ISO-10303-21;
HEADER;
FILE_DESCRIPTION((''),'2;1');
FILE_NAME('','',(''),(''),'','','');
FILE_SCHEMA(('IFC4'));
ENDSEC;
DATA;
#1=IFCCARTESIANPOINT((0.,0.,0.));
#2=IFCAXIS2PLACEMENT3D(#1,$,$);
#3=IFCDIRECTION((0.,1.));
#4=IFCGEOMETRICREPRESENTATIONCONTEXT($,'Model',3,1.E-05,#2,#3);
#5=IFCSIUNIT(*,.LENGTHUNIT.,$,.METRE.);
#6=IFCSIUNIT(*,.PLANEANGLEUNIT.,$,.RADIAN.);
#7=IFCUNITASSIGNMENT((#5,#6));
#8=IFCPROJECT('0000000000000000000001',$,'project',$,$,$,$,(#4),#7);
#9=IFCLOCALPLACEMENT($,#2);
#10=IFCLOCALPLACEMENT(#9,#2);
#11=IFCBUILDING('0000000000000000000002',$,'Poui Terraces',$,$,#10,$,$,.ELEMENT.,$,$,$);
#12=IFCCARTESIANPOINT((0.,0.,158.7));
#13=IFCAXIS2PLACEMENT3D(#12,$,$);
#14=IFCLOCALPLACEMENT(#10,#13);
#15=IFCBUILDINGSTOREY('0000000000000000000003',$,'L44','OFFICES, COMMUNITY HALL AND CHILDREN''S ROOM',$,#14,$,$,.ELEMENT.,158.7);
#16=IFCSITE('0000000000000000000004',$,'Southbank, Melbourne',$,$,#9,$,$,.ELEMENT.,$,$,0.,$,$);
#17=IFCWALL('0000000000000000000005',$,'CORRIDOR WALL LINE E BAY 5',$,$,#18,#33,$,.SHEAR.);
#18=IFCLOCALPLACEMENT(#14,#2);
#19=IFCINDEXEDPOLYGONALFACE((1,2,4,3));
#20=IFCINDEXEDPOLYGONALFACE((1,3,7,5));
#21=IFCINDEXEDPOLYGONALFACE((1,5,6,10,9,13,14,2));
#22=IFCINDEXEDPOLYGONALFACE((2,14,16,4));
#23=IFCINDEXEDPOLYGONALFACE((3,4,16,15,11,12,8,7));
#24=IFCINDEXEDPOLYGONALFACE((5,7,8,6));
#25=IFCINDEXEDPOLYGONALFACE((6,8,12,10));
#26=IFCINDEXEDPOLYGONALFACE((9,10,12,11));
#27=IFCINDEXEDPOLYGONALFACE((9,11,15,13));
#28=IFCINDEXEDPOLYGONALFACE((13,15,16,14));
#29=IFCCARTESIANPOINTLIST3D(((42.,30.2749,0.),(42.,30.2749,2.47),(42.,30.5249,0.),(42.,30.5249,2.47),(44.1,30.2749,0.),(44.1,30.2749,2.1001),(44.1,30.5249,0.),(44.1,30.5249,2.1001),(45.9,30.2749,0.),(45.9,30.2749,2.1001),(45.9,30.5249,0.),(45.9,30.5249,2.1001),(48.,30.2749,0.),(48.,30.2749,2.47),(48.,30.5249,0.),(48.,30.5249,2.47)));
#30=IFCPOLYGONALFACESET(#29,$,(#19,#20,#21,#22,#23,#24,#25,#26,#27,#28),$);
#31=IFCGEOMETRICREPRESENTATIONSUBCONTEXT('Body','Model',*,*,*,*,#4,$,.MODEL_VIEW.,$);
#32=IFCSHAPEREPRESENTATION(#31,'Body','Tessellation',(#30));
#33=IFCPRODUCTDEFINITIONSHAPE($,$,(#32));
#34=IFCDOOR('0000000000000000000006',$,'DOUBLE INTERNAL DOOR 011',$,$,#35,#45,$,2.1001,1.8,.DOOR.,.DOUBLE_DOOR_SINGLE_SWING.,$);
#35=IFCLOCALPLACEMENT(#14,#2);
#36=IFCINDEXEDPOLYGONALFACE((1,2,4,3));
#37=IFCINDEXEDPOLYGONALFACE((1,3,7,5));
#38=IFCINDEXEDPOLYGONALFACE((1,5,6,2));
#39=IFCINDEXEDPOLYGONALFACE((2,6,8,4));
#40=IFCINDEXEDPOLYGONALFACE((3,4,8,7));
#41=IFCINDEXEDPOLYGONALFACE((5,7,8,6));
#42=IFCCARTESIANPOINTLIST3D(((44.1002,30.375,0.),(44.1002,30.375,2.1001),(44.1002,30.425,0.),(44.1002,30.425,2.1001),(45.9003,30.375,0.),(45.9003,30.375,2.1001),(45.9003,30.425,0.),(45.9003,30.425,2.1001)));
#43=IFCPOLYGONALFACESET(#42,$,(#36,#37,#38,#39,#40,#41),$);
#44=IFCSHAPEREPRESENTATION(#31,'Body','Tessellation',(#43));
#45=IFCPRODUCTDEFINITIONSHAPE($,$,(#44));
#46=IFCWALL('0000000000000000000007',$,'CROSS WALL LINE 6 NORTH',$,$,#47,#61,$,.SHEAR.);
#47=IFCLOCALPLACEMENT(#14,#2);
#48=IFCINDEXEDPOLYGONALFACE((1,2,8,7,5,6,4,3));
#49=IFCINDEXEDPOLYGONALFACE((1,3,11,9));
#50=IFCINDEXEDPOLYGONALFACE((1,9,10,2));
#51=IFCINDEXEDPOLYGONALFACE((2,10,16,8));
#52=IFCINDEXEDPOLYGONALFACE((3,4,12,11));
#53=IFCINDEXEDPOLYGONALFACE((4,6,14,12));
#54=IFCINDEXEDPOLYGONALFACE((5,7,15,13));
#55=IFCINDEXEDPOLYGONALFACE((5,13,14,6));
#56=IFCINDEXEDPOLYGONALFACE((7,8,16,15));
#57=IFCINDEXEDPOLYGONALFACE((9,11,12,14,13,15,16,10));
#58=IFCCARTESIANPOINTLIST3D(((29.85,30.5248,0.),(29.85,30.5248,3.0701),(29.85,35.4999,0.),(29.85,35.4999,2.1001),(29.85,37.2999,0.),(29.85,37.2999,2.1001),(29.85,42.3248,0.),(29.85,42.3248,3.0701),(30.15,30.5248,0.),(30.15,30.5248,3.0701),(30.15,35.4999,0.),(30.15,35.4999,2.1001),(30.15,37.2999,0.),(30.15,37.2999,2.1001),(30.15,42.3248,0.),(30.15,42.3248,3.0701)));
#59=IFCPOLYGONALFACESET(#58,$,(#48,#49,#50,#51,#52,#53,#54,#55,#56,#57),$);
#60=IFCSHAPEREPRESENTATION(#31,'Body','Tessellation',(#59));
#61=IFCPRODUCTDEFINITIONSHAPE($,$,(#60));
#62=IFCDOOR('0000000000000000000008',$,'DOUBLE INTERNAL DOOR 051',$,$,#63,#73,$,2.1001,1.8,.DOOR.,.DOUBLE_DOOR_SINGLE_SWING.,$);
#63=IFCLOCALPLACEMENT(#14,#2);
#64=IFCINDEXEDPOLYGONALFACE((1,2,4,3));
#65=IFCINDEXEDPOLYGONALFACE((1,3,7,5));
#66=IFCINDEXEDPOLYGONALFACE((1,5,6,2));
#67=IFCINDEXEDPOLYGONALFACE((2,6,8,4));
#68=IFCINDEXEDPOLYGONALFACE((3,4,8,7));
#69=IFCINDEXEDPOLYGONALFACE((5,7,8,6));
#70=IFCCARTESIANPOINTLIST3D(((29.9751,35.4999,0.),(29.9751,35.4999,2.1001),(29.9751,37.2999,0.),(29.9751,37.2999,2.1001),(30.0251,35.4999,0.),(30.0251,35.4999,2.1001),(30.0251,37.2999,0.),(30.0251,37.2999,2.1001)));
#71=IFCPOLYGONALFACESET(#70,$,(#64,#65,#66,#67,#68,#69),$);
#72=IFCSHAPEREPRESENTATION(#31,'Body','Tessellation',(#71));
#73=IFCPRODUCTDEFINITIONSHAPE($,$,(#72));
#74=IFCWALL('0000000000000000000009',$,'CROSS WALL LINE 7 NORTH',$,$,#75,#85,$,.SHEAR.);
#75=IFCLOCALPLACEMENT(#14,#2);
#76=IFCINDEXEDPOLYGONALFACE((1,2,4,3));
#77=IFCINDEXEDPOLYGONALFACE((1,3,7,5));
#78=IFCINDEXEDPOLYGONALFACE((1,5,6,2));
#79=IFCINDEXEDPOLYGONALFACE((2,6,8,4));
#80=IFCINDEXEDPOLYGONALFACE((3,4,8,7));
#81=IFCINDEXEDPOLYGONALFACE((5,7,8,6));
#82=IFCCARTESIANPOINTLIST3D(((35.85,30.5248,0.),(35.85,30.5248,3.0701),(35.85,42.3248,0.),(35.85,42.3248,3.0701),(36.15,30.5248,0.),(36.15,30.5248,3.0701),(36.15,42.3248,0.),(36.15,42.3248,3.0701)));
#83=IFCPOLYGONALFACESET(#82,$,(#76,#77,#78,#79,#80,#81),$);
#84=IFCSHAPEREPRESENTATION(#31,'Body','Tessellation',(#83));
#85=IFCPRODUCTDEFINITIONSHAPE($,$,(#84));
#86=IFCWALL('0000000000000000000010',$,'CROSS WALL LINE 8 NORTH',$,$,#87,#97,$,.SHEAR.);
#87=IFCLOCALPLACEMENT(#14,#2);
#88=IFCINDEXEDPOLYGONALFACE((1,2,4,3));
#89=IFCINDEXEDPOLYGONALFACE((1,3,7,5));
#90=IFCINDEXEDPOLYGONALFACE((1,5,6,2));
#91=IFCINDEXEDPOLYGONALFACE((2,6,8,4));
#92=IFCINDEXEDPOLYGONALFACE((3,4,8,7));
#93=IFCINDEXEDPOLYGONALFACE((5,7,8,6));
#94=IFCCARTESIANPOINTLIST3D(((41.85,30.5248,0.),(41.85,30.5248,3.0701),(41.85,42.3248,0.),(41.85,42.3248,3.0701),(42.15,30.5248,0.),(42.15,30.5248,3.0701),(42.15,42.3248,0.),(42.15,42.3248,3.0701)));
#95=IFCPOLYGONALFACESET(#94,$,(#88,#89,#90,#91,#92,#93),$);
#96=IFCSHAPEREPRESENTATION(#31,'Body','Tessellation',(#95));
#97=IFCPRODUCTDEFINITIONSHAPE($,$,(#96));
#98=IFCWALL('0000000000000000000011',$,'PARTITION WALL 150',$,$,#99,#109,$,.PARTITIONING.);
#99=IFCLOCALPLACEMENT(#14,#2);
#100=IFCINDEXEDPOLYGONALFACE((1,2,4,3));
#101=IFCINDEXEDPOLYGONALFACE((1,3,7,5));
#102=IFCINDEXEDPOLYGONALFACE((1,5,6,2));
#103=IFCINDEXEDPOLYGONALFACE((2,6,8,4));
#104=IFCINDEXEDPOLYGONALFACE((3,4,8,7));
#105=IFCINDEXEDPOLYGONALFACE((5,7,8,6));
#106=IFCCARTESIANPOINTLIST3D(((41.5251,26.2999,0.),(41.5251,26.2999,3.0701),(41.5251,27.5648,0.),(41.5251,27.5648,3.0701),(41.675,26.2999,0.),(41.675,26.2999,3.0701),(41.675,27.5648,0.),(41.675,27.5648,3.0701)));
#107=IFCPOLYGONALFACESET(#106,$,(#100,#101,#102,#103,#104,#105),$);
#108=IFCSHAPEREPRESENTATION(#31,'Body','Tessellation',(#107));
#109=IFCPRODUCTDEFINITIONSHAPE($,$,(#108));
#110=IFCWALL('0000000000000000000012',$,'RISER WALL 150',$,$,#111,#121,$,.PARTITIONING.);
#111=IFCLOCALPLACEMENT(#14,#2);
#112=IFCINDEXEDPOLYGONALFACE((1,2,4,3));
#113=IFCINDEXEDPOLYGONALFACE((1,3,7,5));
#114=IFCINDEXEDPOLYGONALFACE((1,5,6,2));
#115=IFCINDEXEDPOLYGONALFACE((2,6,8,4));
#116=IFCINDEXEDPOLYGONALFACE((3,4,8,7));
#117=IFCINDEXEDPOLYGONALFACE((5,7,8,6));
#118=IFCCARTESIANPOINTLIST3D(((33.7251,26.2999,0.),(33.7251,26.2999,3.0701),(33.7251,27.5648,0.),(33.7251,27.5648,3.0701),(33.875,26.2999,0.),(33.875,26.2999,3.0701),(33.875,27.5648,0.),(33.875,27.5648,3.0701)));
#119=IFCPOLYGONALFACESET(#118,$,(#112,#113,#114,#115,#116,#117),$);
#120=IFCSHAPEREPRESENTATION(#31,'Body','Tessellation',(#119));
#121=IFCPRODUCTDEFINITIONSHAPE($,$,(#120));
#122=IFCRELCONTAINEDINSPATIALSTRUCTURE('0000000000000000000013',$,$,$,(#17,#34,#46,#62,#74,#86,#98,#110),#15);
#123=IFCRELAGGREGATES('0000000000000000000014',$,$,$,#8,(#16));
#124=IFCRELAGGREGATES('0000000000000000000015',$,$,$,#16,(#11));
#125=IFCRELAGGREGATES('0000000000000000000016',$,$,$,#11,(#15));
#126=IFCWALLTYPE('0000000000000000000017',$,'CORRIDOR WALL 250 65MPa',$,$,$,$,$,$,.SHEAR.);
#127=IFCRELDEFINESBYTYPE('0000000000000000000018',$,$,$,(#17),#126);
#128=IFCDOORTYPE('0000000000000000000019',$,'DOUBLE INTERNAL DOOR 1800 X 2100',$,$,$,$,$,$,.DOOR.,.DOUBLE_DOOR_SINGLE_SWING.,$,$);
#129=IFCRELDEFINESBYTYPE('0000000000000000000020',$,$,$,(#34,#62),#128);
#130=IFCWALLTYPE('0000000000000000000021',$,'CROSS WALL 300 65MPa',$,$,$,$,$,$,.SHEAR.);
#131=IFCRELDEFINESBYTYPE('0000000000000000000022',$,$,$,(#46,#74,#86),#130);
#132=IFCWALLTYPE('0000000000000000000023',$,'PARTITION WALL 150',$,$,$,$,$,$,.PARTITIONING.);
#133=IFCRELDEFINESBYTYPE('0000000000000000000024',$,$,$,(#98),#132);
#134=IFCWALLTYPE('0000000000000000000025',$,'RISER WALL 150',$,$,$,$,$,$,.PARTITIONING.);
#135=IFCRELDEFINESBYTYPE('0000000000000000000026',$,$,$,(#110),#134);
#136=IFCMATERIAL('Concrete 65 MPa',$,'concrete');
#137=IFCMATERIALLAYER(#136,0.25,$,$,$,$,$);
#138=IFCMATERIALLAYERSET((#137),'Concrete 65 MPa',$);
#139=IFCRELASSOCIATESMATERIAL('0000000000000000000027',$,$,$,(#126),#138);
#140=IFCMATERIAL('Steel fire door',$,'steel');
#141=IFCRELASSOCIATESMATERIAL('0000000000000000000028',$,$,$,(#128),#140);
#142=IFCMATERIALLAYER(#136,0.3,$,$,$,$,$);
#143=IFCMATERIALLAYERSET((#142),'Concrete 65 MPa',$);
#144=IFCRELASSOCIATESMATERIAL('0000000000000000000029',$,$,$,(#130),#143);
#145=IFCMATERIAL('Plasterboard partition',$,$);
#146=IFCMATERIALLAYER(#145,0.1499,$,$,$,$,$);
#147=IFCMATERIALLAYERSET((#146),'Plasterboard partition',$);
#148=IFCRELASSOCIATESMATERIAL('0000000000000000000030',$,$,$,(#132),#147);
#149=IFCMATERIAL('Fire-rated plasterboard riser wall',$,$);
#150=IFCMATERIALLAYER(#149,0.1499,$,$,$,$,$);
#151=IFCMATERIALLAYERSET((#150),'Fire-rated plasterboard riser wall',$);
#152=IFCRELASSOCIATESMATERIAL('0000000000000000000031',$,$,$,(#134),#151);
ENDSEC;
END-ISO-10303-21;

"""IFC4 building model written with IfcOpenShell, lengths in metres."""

from ifc_helpers import new_model, si_unit, direction, frame, frame_2d, origin, place, context, subcontext, project, spatial, rectangle, extrude, material, layer, layer_set, type_object, element, fill, save


model = new_model("IFC4")

# Units and contexts
model_context = context("Model", 3, precision=1e-05, world=origin(), true_north=direction((0.0, 1.0)))
body_context = subcontext(model_context, "Body", "Model", "MODEL_VIEW")
ifc_project = project(units=[si_unit("LENGTHUNIT", "METRE"), si_unit("PLANEANGLEUNIT", "RADIAN")], contexts=[model_context])

# Site, building, storey
site_placement = place(None, origin())
site = spatial("IfcSite", under=ifc_project, at=site_placement, Name="Southbank, Melbourne", CompositionType="ELEMENT", RefElevation=0.0)
building_placement = place(site_placement, origin())
building = spatial("IfcBuilding", under=site, at=building_placement, Name="Poui Terraces", CompositionType="ELEMENT")
storey_placement = place(building_placement, frame((0.0, 0.0, 158.7)))
storey = spatial("IfcBuildingStorey", under=building, at=storey_placement, Name="L44", Description="OFFICES, COMMUNITY HALL AND CHILDREN'S ROOM", CompositionType="ELEMENT", Elevation=158.7)

# Shared definitions
ifc_material_1 = material(Name="Concrete 65 MPa", Category="concrete")

# Walls, openings, doors
ifc_layer_1 = layer(ifc_material_1, 0.25)
ifc_layer_set_1 = layer_set([ifc_layer_1], Name="Concrete 65 MPa")
wall_type_1 = type_object("IfcWallType", Name="CORRIDOR WALL 250 65MPa", PredefinedType="SHEAR", material=ifc_layer_set_1)
ifc_material_2 = material(Name="Steel fire door", Category="steel")
door_type = type_object("IfcDoorType", Name="DOUBLE INTERNAL DOOR 1800 X 2100", OperationType="DOUBLE_DOOR_SINGLE_SWING", PredefinedType="DOOR", material=ifc_material_2)
wall_1_placement = place(storey_placement, frame((42.0, 30.3999, 0.0), z_axis=(0.0, 0.0, 1.0), x_axis=(1.0, 0.0, 0.0)))
wall_1 = element("IfcWall", 1, at=wall_1_placement, inside=storey, type_object=wall_type_1, Name="CORRIDOR WALL LINE E BAY 5", PredefinedType="SHEAR", context=body_context, shape_type="SweptSolid", body=[
    extrude(rectangle(XDim=6.0, YDim=0.25, at=frame_2d((3.0, 0.0))), origin(), (0.0, 0.0, 1.0), 2.47),
])
opening_1_placement = place(wall_1_placement, frame((2.1001, 0.0, 0.0)))
opening_1 = element("IfcOpeningElement", 2, at=opening_1_placement, cuts=wall_1, PredefinedType="OPENING", context=body_context, shape_type="SweptSolid", body=[
    extrude(rectangle(XDim=1.8, YDim=2.1001, at=frame_2d((0.8999, 1.05))), frame((0.0, 0.135, 0.0), z_axis=(0.0, -1.0, 0.0), x_axis=(1.0, 0.0, 0.0)), (0.0, 0.0, 1.0), 0.27),
])
door_1_placement = place(opening_1_placement, frame((1.8, 0.0, 0.0), z_axis=(0.0, 0.0, 1.0), x_axis=(-1.0, 0.0, 0.0)))
door_1 = element("IfcDoor", 3, at=door_1_placement, inside=storey, type_object=door_type, Name="DOUBLE INTERNAL DOOR 011", OperationType="DOUBLE_DOOR_SINGLE_SWING", OverallHeight=2.1001, OverallWidth=1.8, PredefinedType="DOOR", context=body_context, shape_type="SweptSolid", body=[
    extrude(rectangle(XDim=1.8, YDim=2.1001, at=frame_2d((0.8999, 1.05))), frame((0.0, 0.0249, 0.0), z_axis=(0.0, -1.0, 0.0), x_axis=(1.0, 0.0, 0.0)), (0.0, 0.0, 1.0), 0.05),
])
fill(opening_1, door_1)
ifc_layer_2 = layer(ifc_material_1, 0.3)
ifc_layer_set_2 = layer_set([ifc_layer_2], Name="Concrete 65 MPa")
wall_type_2 = type_object("IfcWallType", Name="CROSS WALL 300 65MPa", PredefinedType="SHEAR", material=ifc_layer_set_2)
wall_2_placement = place(storey_placement, frame((30.0, 30.5249, 0.0), z_axis=(0.0, 0.0, 1.0), x_axis=(0.0, 1.0, 0.0)))
wall_2 = element("IfcWall", 4, at=wall_2_placement, inside=storey, type_object=wall_type_2, Name="CROSS WALL LINE 6 NORTH", PredefinedType="SHEAR", context=body_context, shape_type="SweptSolid", body=[
    extrude(rectangle(XDim=11.8, YDim=0.3, at=frame_2d((5.8999, 0.0))), origin(), (0.0, 0.0, 1.0), 3.0701),
])
opening_2_placement = place(wall_2_placement, frame((4.9751, 0.0, 0.0)))
opening_2 = element("IfcOpeningElement", 5, at=opening_2_placement, cuts=wall_2, PredefinedType="OPENING", context=body_context, shape_type="SweptSolid", body=[
    extrude(rectangle(XDim=1.8, YDim=2.1001, at=frame_2d((0.8999, 1.05))), frame((0.0, 0.1602, 0.0), z_axis=(0.0, -1.0, 0.0), x_axis=(1.0, 0.0, 0.0)), (0.0, 0.0, 1.0), 0.3201),
])
door_2_placement = place(opening_2_placement, origin())
door_2 = element("IfcDoor", 6, at=door_2_placement, inside=storey, type_object=door_type, Name="DOUBLE INTERNAL DOOR 051", OperationType="DOUBLE_DOOR_SINGLE_SWING", OverallHeight=2.1001, OverallWidth=1.8, PredefinedType="DOOR", context=body_context, shape_type="SweptSolid", body=[
    extrude(rectangle(XDim=1.8, YDim=2.1001, at=frame_2d((0.8999, 1.05))), frame((0.0, 0.0249, 0.0), z_axis=(0.0, -1.0, 0.0), x_axis=(1.0, 0.0, 0.0)), (0.0, 0.0, 1.0), 0.05),
])
fill(opening_2, door_2)

# Walls
for number, where, z_axis, x_axis, name in (
    (7, (36.0, 30.5249, 0.0), (0.0, 0.0, 1.0), (0.0, 1.0, 0.0), "CROSS WALL LINE 7 NORTH"),
    (8, (42.0, 30.5249, 0.0), (0.0, 0.0, 1.0), (0.0, 1.0, 0.0), "CROSS WALL LINE 8 NORTH"),
):
    element("IfcWall", number, at=place(storey_placement, frame(where, z_axis=z_axis, x_axis=x_axis)), inside=storey, type_object=wall_type_2, Name=name, PredefinedType="SHEAR", context=body_context, shape_type="SweptSolid", body=[
        extrude(rectangle(XDim=11.8, YDim=0.3, at=frame_2d((5.8999, 0.0))), origin(), (0.0, 0.0, 1.0), 3.0701),
    ])
ifc_material_3 = material(Name="Plasterboard partition")
ifc_layer_3 = layer(ifc_material_3, 0.1499)
ifc_layer_set_3 = layer_set([ifc_layer_3], Name="Plasterboard partition")
wall_type_3 = type_object("IfcWallType", Name="PARTITION WALL 150", PredefinedType="PARTITIONING", material=ifc_layer_set_3)
wall_3_placement = place(storey_placement, frame((41.6001, 26.3, 0.0), z_axis=(0.0, 0.0, 1.0), x_axis=(0.0, 1.0, 0.0)))
element("IfcWall", 9, at=wall_3_placement, inside=storey, type_object=wall_type_3, Name="PARTITION WALL 150", PredefinedType="PARTITIONING", context=body_context, shape_type="SweptSolid", body=[
    extrude(rectangle(XDim=1.2649, YDim=0.1499, at=frame_2d((0.6323, 0.0))), origin(), (0.0, 0.0, 1.0), 3.0701),
])
ifc_material_4 = material(Name="Fire-rated plasterboard riser wall")
ifc_layer_4 = layer(ifc_material_4, 0.1499)
ifc_layer_set_4 = layer_set([ifc_layer_4], Name="Fire-rated plasterboard riser wall")
wall_type_4 = type_object("IfcWallType", Name="RISER WALL 150", PredefinedType="PARTITIONING", material=ifc_layer_set_4)
wall_4_placement = place(storey_placement, frame((33.8, 26.3, 0.0), z_axis=(0.0, 0.0, 1.0), x_axis=(0.0, 1.0, 0.0)))
element("IfcWall", 10, at=wall_4_placement, inside=storey, type_object=wall_type_4, Name="RISER WALL 150", PredefinedType="PARTITIONING", context=body_context, shape_type="SweptSolid", body=[
    extrude(rectangle(XDim=1.2649, YDim=0.1499, at=frame_2d((0.6323, 0.0))), origin(), (0.0, 0.0, 1.0), 3.0701),
])

save(model, "model.ifc")
